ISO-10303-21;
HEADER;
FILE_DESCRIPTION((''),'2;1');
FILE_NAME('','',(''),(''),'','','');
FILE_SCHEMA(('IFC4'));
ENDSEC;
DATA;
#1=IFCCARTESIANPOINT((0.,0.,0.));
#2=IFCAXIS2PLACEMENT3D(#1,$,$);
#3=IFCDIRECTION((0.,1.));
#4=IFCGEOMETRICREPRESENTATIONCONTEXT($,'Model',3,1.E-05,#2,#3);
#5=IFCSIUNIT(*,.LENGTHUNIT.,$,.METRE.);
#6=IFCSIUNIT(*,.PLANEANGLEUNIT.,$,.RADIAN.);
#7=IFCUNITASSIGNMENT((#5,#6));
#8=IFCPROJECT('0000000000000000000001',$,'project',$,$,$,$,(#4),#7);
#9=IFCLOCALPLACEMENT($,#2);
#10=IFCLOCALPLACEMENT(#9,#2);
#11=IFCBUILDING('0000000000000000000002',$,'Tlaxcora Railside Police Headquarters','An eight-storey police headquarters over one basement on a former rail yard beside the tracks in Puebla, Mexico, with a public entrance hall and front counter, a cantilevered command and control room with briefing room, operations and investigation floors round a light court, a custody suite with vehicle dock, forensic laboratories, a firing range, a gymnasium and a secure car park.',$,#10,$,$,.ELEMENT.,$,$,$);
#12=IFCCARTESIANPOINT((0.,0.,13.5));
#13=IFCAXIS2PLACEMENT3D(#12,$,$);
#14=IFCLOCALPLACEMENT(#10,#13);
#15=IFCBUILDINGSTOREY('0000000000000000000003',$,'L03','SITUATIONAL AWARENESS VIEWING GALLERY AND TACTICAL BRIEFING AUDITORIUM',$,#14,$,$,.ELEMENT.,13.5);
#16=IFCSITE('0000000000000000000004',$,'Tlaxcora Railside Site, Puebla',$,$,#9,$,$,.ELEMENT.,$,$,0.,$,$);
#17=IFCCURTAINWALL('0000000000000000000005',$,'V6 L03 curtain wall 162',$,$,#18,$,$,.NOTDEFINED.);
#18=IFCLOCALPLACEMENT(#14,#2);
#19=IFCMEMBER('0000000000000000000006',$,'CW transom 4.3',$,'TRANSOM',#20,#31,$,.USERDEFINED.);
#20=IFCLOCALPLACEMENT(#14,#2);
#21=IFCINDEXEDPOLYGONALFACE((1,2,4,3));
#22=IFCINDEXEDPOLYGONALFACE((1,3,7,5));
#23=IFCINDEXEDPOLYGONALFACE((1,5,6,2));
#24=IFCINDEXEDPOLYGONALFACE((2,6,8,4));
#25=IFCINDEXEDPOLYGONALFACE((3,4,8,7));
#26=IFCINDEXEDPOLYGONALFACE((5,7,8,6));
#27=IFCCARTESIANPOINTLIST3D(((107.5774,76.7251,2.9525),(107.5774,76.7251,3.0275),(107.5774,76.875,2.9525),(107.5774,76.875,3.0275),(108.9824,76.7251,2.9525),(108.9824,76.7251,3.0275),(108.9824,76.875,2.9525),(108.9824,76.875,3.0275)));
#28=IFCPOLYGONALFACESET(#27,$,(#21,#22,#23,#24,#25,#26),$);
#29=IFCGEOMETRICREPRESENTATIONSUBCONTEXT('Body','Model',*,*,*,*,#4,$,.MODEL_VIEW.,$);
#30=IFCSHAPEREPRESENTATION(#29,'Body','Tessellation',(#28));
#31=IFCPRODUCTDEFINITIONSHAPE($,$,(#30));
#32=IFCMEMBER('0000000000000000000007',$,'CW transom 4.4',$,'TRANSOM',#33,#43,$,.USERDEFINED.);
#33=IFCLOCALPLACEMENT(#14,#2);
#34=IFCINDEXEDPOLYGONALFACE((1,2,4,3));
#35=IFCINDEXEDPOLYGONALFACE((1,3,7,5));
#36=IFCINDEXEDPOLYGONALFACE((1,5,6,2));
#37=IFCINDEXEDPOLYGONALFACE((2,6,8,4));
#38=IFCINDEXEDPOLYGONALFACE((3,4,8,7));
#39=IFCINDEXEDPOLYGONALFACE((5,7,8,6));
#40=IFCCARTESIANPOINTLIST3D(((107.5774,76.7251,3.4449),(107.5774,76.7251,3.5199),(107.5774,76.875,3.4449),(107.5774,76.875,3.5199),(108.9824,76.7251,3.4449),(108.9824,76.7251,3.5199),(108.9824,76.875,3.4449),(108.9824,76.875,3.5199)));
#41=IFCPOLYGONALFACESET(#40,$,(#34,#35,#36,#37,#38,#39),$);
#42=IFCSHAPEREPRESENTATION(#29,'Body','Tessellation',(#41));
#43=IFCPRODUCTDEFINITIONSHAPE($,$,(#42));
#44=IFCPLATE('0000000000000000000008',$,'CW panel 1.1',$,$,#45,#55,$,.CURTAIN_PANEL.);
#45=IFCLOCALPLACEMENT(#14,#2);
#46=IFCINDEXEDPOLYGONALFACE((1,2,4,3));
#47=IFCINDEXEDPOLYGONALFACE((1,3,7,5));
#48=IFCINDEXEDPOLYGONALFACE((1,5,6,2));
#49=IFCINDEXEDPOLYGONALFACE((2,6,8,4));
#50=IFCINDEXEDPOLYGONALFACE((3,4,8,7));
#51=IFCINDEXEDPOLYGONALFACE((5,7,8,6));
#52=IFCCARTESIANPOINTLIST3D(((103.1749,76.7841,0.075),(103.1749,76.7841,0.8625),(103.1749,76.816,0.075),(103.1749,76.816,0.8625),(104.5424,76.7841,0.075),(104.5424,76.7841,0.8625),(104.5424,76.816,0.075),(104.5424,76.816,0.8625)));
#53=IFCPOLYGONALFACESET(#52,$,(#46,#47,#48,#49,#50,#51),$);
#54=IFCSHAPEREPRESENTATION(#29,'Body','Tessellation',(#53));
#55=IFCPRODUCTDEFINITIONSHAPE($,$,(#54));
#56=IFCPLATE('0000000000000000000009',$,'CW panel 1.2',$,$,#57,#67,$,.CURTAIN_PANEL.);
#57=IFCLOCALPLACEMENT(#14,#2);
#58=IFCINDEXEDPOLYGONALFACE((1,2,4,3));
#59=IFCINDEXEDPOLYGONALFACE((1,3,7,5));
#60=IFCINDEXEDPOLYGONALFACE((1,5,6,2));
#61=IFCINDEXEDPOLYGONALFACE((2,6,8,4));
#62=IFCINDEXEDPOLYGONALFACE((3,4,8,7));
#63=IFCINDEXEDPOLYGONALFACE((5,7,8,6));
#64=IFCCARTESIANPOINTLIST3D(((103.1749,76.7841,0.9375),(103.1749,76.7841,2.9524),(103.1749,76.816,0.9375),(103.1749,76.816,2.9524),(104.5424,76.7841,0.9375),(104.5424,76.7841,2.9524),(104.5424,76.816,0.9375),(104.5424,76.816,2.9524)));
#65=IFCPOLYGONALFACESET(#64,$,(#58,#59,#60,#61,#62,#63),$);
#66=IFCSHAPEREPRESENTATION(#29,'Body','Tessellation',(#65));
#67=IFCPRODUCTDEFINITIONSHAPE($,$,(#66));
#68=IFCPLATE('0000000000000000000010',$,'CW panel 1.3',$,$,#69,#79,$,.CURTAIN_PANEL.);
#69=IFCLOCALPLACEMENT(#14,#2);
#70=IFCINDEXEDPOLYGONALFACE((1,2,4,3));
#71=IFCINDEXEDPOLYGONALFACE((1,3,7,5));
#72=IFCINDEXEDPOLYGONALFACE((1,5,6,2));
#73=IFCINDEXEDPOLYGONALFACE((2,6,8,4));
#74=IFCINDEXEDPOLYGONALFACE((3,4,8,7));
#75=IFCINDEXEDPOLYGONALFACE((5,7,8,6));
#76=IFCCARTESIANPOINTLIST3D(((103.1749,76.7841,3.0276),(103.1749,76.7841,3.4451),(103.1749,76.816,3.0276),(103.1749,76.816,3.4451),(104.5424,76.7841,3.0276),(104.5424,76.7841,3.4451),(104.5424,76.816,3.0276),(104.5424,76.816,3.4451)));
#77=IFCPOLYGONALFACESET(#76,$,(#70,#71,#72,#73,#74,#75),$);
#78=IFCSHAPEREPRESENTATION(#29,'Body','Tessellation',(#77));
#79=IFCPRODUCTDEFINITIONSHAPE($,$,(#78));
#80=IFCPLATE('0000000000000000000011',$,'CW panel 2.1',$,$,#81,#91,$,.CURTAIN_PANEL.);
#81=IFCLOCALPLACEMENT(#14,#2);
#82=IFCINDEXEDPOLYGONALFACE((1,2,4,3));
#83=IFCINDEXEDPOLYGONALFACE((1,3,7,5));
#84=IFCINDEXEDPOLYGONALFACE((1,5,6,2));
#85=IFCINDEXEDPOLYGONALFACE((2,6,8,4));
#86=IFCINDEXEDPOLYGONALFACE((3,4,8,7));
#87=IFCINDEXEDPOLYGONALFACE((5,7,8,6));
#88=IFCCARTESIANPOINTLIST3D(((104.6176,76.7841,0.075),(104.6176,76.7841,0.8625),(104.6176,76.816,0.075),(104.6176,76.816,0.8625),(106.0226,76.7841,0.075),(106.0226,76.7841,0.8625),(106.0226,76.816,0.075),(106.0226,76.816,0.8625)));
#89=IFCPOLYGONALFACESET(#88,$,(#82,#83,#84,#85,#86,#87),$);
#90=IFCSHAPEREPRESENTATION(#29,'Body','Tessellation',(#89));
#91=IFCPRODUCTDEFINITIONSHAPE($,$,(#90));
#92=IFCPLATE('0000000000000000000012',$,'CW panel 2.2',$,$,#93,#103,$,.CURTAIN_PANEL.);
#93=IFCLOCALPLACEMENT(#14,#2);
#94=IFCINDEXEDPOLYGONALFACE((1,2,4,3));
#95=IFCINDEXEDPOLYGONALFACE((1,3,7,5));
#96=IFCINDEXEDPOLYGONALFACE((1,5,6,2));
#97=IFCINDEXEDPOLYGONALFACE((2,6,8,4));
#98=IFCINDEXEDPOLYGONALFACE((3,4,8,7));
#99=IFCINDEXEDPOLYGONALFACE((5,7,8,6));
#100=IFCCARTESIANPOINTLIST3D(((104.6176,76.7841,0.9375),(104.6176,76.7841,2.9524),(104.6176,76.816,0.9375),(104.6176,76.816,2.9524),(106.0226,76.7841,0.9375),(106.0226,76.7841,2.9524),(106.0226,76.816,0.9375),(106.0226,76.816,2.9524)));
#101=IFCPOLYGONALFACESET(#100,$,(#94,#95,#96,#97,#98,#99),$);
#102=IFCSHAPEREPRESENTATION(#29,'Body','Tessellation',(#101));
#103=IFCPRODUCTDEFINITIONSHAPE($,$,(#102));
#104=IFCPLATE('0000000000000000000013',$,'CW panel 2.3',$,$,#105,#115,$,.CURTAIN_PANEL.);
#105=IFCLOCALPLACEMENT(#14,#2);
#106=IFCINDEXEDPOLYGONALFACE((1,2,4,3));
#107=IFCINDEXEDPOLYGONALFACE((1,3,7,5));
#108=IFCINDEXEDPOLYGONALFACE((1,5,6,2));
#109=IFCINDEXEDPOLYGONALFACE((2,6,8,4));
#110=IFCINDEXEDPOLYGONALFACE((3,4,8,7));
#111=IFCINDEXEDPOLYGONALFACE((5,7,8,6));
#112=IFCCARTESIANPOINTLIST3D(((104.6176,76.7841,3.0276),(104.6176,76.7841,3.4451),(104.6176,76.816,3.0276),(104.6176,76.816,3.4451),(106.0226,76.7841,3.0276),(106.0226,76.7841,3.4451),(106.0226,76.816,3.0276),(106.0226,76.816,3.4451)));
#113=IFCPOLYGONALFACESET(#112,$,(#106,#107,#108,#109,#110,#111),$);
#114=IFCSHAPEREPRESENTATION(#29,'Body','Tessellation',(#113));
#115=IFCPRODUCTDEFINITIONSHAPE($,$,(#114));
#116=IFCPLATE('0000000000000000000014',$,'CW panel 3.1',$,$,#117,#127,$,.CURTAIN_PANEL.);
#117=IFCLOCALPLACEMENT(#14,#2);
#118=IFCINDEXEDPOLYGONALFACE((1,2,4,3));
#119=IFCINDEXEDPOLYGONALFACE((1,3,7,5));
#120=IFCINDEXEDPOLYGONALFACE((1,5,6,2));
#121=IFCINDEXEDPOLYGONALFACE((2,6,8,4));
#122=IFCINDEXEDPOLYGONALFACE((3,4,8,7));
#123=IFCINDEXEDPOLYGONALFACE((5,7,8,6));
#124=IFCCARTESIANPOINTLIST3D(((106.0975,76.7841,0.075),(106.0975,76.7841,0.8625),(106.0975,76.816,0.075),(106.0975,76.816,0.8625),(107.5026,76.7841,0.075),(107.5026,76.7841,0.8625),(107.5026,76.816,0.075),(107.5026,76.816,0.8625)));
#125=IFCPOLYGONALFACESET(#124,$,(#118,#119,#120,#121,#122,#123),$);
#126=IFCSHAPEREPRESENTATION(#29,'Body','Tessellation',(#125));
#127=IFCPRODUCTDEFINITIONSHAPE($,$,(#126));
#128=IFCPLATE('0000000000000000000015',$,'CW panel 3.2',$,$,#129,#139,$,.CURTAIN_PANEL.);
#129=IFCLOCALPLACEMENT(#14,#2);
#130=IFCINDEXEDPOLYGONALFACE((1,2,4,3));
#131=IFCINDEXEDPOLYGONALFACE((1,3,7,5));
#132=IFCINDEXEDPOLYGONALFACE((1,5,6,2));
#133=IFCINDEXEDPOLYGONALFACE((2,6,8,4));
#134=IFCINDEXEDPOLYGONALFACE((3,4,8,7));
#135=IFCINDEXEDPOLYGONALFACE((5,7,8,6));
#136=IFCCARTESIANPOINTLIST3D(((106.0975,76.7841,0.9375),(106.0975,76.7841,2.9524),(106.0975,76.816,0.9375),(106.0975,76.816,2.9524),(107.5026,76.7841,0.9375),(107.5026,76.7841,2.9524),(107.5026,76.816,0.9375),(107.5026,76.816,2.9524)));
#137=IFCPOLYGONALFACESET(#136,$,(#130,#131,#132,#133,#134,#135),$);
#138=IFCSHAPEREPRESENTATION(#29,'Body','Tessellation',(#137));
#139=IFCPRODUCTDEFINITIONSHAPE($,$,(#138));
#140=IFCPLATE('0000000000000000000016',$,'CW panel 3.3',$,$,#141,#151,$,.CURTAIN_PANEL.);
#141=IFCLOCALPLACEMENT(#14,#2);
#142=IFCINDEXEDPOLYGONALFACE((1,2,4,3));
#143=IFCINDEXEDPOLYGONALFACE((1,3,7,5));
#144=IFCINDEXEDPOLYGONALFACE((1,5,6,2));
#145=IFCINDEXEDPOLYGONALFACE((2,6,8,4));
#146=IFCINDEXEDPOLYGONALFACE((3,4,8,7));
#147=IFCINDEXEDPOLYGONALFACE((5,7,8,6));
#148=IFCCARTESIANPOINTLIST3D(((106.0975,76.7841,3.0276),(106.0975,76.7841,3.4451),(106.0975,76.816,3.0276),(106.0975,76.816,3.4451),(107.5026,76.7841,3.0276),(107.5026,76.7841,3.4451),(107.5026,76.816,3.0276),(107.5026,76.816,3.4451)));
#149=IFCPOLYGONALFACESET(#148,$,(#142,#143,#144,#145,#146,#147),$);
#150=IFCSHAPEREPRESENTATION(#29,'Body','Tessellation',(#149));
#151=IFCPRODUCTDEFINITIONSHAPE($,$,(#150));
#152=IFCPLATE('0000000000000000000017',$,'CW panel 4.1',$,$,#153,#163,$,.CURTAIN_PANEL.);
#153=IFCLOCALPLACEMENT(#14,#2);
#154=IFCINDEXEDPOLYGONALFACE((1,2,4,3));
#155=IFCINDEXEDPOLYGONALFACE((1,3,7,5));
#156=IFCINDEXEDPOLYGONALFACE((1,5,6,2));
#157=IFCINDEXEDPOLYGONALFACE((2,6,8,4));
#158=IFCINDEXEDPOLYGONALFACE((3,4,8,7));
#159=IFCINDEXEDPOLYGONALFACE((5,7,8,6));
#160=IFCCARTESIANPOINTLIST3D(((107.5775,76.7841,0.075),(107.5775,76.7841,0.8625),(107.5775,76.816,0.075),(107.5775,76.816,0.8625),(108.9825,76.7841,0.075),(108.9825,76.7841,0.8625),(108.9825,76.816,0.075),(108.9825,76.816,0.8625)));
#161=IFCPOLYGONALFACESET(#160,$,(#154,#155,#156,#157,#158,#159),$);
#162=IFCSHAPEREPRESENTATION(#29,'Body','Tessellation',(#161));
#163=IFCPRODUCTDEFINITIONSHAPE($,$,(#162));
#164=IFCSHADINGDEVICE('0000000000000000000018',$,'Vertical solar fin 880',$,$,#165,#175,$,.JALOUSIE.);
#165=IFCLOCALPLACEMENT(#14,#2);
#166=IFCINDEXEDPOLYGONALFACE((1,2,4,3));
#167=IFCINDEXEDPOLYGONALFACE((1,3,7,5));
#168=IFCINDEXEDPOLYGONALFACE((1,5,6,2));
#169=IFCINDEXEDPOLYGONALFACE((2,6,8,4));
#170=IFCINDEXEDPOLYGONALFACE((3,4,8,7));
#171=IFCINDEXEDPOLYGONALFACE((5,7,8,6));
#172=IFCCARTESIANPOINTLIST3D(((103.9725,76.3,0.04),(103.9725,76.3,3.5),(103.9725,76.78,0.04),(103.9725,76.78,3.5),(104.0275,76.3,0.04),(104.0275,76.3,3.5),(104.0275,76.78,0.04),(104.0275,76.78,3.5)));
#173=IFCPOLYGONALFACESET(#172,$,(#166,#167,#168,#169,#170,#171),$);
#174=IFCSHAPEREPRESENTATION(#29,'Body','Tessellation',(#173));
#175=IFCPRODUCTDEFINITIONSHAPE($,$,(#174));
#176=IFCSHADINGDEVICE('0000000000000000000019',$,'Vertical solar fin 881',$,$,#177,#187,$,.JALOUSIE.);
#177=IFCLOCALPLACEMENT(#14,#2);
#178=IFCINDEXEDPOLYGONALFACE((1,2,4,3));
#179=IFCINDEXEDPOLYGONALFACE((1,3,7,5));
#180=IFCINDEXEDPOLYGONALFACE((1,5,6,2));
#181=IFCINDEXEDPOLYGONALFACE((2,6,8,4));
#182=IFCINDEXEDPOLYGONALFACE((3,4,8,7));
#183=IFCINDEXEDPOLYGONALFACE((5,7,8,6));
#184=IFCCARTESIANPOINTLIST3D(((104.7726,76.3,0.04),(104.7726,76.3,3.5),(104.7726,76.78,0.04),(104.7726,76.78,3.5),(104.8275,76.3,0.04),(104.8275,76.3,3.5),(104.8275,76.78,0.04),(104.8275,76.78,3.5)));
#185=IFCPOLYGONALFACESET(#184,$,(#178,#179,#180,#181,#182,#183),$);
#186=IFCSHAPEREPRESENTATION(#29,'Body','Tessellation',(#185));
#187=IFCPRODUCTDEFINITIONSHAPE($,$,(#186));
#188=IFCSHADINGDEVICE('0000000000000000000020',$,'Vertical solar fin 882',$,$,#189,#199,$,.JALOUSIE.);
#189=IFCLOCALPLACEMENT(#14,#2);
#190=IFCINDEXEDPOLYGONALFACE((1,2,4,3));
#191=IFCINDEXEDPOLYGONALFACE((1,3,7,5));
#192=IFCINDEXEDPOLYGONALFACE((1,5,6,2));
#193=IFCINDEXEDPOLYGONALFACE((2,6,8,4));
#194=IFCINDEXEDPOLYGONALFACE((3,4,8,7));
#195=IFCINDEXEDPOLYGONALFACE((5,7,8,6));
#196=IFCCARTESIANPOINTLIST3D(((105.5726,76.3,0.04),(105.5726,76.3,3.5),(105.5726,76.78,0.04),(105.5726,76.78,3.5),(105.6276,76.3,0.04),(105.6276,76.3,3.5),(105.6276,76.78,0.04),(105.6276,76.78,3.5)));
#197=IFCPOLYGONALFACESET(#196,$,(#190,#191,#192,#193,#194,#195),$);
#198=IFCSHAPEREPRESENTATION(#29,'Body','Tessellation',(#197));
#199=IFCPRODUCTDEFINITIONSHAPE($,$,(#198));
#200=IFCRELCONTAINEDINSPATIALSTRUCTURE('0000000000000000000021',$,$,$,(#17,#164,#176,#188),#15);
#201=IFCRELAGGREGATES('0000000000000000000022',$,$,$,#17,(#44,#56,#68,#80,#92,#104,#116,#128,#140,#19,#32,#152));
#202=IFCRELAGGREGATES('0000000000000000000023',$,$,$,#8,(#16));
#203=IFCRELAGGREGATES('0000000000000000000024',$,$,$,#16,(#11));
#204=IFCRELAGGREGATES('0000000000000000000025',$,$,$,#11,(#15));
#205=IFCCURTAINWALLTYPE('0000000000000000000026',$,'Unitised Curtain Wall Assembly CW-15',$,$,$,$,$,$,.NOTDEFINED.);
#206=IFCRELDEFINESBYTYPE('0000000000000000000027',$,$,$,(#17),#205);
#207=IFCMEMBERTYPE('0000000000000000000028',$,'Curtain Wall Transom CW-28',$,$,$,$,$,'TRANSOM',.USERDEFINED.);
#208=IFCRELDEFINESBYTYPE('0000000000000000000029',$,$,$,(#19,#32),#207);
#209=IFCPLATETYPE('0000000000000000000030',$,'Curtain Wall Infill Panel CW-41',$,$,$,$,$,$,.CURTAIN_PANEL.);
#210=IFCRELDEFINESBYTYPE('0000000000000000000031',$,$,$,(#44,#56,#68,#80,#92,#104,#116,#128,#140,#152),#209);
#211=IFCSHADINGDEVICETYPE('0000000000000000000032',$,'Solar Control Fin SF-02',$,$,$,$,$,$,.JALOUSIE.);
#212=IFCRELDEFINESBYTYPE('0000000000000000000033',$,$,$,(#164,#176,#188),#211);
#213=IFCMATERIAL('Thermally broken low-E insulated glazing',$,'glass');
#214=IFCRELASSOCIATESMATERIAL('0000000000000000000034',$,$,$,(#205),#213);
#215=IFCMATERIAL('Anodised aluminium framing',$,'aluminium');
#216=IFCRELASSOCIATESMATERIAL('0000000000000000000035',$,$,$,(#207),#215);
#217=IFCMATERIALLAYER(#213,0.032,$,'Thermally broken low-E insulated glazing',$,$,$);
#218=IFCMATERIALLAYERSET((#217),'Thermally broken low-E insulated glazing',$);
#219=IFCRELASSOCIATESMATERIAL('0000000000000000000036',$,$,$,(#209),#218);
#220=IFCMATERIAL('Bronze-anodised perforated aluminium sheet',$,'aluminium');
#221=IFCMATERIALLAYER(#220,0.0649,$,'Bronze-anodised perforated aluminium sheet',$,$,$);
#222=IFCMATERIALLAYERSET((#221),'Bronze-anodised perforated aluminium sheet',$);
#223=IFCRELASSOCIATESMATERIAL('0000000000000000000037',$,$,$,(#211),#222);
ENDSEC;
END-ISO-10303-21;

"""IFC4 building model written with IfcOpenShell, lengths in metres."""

from ifc_helpers import new_model, si_unit, direction, frame, origin, origin_2d, place, context, subcontext, project, spatial, rectangle, extrude, material, layer, layer_set, material_profile, profile_set, type_object, element, aggregate, save


model = new_model("IFC4")

# Units and contexts
model_context = context("Model", 3, precision=1e-05, world=origin(), true_north=direction((0.0, 1.0)))
body_context = subcontext(model_context, "Body", "Model", "MODEL_VIEW")
ifc_project = project(units=[si_unit("LENGTHUNIT", "METRE"), si_unit("PLANEANGLEUNIT", "RADIAN")], contexts=[model_context])

# Site, building, storey
site_placement = place(None, origin())
site = spatial("IfcSite", under=ifc_project, at=site_placement, Name="Tlaxcora Railside Site, Puebla", CompositionType="ELEMENT", RefElevation=0.0)
building_placement = place(site_placement, origin())
building = spatial("IfcBuilding", under=site, at=building_placement, Name="Tlaxcora Railside Police Headquarters", Description="An eight-storey police headquarters over one basement on a former rail yard beside the tracks in Puebla, Mexico, with a public entrance hall and front counter, a cantilevered command and control room with briefing room, operations and investigation floors round a light court, a custody suite with vehicle dock, forensic laboratories, a firing range, a gymnasium and a secure car park.", CompositionType="ELEMENT")
storey_placement = place(building_placement, frame((0.0, 0.0, 13.5)))
storey = spatial("IfcBuildingStorey", under=building, at=storey_placement, Name="L03", Description="SITUATIONAL AWARENESS VIEWING GALLERY AND TACTICAL BRIEFING AUDITORIUM", CompositionType="ELEMENT", Elevation=13.5)

# Curtain wall, members, plates
ifc_material_1 = material(Name="Thermally broken low-E insulated glazing", Category="glass")
curtain_wall_type = type_object("IfcCurtainWallType", Name="Unitised Curtain Wall Assembly CW-15", PredefinedType="NOTDEFINED", material=ifc_material_1)
curtain_wall_placement = place(storey_placement, origin())
curtain_wall = element("IfcCurtainWall", 1, at=curtain_wall_placement, inside=storey, type_object=curtain_wall_type, Name="V6 L03 curtain wall 162", PredefinedType="NOTDEFINED")
ifc_material_2 = material(Name="Anodised aluminium framing", Category="aluminium")
ifc_material_profile_1 = material_profile(ifc_material_2, rectangle(XDim=0.1499, YDim=0.075, at=origin_2d()), Name="AL75X150")
ifc_profile_set_1 = profile_set([ifc_material_profile_1], Name="Anodised aluminium framing")
member_type_1 = type_object("IfcMemberType", Name="Curtain Wall Transom CW-28", ElementType="TRANSOM", PredefinedType="USERDEFINED", material=ifc_profile_set_1)
member_1_placement = place(storey_placement, frame((107.5774, 76.8, 2.99), z_axis=(1.0, 0.0, 0.0), x_axis=(0.0, 1.0, 0.0)))
member_1 = element("IfcMember", 2, at=member_1_placement, type_object=member_type_1, Name="CW transom 4.3", ObjectType="TRANSOM", PredefinedType="USERDEFINED", context=body_context, shape_type="SweptSolid", body=[
    extrude(rectangle(XDim=0.1499, YDim=0.075, at=origin_2d()), origin(), (0.0, 0.0, 1.0), 1.405),
])
member_2_placement = place(storey_placement, frame((107.5774, 76.8, 3.4824), z_axis=(1.0, 0.0, 0.0), x_axis=(0.0, 1.0, 0.0)))
member_2 = element("IfcMember", 3, at=member_2_placement, type_object=member_type_1, Name="CW transom 4.4", ObjectType="TRANSOM", PredefinedType="USERDEFINED", context=body_context, shape_type="SweptSolid", body=[
    extrude(rectangle(XDim=0.1499, YDim=0.075, at=origin_2d()), origin(), (0.0, 0.0, 1.0), 1.405),
])
ifc_layer_1 = layer(ifc_material_1, 0.032, Name="Thermally broken low-E insulated glazing")
ifc_layer_set_1 = layer_set([ifc_layer_1], Name="Thermally broken low-E insulated glazing")
plate_type = type_object("IfcPlateType", Name="Curtain Wall Infill Panel CW-41", PredefinedType="CURTAIN_PANEL", material=ifc_layer_set_1)
plate_1_placement = place(storey_placement, frame((103.8586, 76.8, 0.075), z_axis=(0.0, 0.0, 1.0), x_axis=(1.0, 0.0, 0.0)))
plate_1 = element("IfcPlate", 4, at=plate_1_placement, type_object=plate_type, Name="CW panel 1.1", PredefinedType="CURTAIN_PANEL", context=body_context, shape_type="SweptSolid", body=[
    extrude(rectangle(XDim=1.3674, YDim=0.032, at=origin_2d()), origin(), (0.0, 0.0, 1.0), 0.7876),
])
plate_2_placement = place(storey_placement, frame((103.8586, 76.8, 0.9375), z_axis=(0.0, 0.0, 1.0), x_axis=(1.0, 0.0, 0.0)))
plate_2 = element("IfcPlate", 5, at=plate_2_placement, type_object=plate_type, Name="CW panel 1.2", PredefinedType="CURTAIN_PANEL", context=body_context, shape_type="SweptSolid", body=[
    extrude(rectangle(XDim=1.3674, YDim=0.032, at=origin_2d()), origin(), (0.0, 0.0, 1.0), 2.0149),
])
plate_3_placement = place(storey_placement, frame((103.8586, 76.8, 3.0276), z_axis=(0.0, 0.0, 1.0), x_axis=(1.0, 0.0, 0.0)))
plate_3 = element("IfcPlate", 6, at=plate_3_placement, type_object=plate_type, Name="CW panel 1.3", PredefinedType="CURTAIN_PANEL", context=body_context, shape_type="SweptSolid", body=[
    extrude(rectangle(XDim=1.3674, YDim=0.032, at=origin_2d()), origin(), (0.0, 0.0, 1.0), 0.4175),
])
plate_4_placement = place(storey_placement, frame((105.3201, 76.8, 0.075), z_axis=(0.0, 0.0, 1.0), x_axis=(1.0, 0.0, 0.0)))
plate_4 = element("IfcPlate", 7, at=plate_4_placement, type_object=plate_type, Name="CW panel 2.1", PredefinedType="CURTAIN_PANEL", context=body_context, shape_type="SweptSolid", body=[
    extrude(rectangle(XDim=1.405, YDim=0.032, at=origin_2d()), origin(), (0.0, 0.0, 1.0), 0.7876),
])
plate_5_placement = place(storey_placement, frame((105.3201, 76.8, 0.9375), z_axis=(0.0, 0.0, 1.0), x_axis=(1.0, 0.0, 0.0)))
plate_5 = element("IfcPlate", 8, at=plate_5_placement, type_object=plate_type, Name="CW panel 2.2", PredefinedType="CURTAIN_PANEL", context=body_context, shape_type="SweptSolid", body=[
    extrude(rectangle(XDim=1.405, YDim=0.032, at=origin_2d()), origin(), (0.0, 0.0, 1.0), 2.0149),
])
plate_6_placement = place(storey_placement, frame((105.3201, 76.8, 3.0276), z_axis=(0.0, 0.0, 1.0), x_axis=(1.0, 0.0, 0.0)))
plate_6 = element("IfcPlate", 9, at=plate_6_placement, type_object=plate_type, Name="CW panel 2.3", PredefinedType="CURTAIN_PANEL", context=body_context, shape_type="SweptSolid", body=[
    extrude(rectangle(XDim=1.405, YDim=0.032, at=origin_2d()), origin(), (0.0, 0.0, 1.0), 0.4175),
])
plate_7_placement = place(storey_placement, frame((106.8, 76.8, 0.075), z_axis=(0.0, 0.0, 1.0), x_axis=(1.0, 0.0, 0.0)))
plate_7 = element("IfcPlate", 10, at=plate_7_placement, type_object=plate_type, Name="CW panel 3.1", PredefinedType="CURTAIN_PANEL", context=body_context, shape_type="SweptSolid", body=[
    extrude(rectangle(XDim=1.405, YDim=0.032, at=origin_2d()), origin(), (0.0, 0.0, 1.0), 0.7876),
])
plate_8_placement = place(storey_placement, frame((106.8, 76.8, 0.9375), z_axis=(0.0, 0.0, 1.0), x_axis=(1.0, 0.0, 0.0)))
plate_8 = element("IfcPlate", 11, at=plate_8_placement, type_object=plate_type, Name="CW panel 3.2", PredefinedType="CURTAIN_PANEL", context=body_context, shape_type="SweptSolid", body=[
    extrude(rectangle(XDim=1.405, YDim=0.032, at=origin_2d()), origin(), (0.0, 0.0, 1.0), 2.0149),
])
plate_9_placement = place(storey_placement, frame((106.8, 76.8, 3.0276), z_axis=(0.0, 0.0, 1.0), x_axis=(1.0, 0.0, 0.0)))
plate_9 = element("IfcPlate", 12, at=plate_9_placement, type_object=plate_type, Name="CW panel 3.3", PredefinedType="CURTAIN_PANEL", context=body_context, shape_type="SweptSolid", body=[
    extrude(rectangle(XDim=1.405, YDim=0.032, at=origin_2d()), origin(), (0.0, 0.0, 1.0), 0.4175),
])
plate_10_placement = place(storey_placement, frame((108.28, 76.8, 0.075), z_axis=(0.0, 0.0, 1.0), x_axis=(1.0, 0.0, 0.0)))
plate_10 = element("IfcPlate", 13, at=plate_10_placement, type_object=plate_type, Name="CW panel 4.1", PredefinedType="CURTAIN_PANEL", context=body_context, shape_type="SweptSolid", body=[
    extrude(rectangle(XDim=1.405, YDim=0.032, at=origin_2d()), origin(), (0.0, 0.0, 1.0), 0.7876),
])
aggregate(curtain_wall, [plate_1, plate_2, plate_3, plate_4, plate_5, plate_6, plate_7, plate_8, plate_9, member_1, member_2, plate_10])

# Shading devices
ifc_material_3 = material(Name="Bronze-anodised perforated aluminium sheet", Category="aluminium")
ifc_layer_2 = layer(ifc_material_3, 0.0649, Name="Bronze-anodised perforated aluminium sheet")
ifc_layer_set_2 = layer_set([ifc_layer_2], Name="Bronze-anodised perforated aluminium sheet")
shading_device_type = type_object("IfcShadingDeviceType", Name="Solar Control Fin SF-02", PredefinedType="JALOUSIE", material=ifc_layer_set_2)
for number, where, z_axis, x_axis, name in (
    (14, (104.0, 76.54, 0.04), (0.0, 0.0, 1.0), (0.0, -1.0, 0.0), "Vertical solar fin 880"),
    (15, (104.8, 76.54, 0.04), (0.0, 0.0, 1.0), (0.0, -1.0, 0.0), "Vertical solar fin 881"),
    (16, (105.6001, 76.54, 0.04), (0.0, 0.0, 1.0), (0.0, -1.0, 0.0), "Vertical solar fin 882"),
):
    element("IfcShadingDevice", number, at=place(storey_placement, frame(where, z_axis=z_axis, x_axis=x_axis)), inside=storey, type_object=shading_device_type, Name=name, PredefinedType="JALOUSIE", context=body_context, shape_type="SweptSolid", body=[
        extrude(rectangle(XDim=0.48, YDim=0.0549, at=origin_2d()), origin(), (0.0, 0.0, 1.0), 3.46),
    ])

save(model, "model.ifc")
